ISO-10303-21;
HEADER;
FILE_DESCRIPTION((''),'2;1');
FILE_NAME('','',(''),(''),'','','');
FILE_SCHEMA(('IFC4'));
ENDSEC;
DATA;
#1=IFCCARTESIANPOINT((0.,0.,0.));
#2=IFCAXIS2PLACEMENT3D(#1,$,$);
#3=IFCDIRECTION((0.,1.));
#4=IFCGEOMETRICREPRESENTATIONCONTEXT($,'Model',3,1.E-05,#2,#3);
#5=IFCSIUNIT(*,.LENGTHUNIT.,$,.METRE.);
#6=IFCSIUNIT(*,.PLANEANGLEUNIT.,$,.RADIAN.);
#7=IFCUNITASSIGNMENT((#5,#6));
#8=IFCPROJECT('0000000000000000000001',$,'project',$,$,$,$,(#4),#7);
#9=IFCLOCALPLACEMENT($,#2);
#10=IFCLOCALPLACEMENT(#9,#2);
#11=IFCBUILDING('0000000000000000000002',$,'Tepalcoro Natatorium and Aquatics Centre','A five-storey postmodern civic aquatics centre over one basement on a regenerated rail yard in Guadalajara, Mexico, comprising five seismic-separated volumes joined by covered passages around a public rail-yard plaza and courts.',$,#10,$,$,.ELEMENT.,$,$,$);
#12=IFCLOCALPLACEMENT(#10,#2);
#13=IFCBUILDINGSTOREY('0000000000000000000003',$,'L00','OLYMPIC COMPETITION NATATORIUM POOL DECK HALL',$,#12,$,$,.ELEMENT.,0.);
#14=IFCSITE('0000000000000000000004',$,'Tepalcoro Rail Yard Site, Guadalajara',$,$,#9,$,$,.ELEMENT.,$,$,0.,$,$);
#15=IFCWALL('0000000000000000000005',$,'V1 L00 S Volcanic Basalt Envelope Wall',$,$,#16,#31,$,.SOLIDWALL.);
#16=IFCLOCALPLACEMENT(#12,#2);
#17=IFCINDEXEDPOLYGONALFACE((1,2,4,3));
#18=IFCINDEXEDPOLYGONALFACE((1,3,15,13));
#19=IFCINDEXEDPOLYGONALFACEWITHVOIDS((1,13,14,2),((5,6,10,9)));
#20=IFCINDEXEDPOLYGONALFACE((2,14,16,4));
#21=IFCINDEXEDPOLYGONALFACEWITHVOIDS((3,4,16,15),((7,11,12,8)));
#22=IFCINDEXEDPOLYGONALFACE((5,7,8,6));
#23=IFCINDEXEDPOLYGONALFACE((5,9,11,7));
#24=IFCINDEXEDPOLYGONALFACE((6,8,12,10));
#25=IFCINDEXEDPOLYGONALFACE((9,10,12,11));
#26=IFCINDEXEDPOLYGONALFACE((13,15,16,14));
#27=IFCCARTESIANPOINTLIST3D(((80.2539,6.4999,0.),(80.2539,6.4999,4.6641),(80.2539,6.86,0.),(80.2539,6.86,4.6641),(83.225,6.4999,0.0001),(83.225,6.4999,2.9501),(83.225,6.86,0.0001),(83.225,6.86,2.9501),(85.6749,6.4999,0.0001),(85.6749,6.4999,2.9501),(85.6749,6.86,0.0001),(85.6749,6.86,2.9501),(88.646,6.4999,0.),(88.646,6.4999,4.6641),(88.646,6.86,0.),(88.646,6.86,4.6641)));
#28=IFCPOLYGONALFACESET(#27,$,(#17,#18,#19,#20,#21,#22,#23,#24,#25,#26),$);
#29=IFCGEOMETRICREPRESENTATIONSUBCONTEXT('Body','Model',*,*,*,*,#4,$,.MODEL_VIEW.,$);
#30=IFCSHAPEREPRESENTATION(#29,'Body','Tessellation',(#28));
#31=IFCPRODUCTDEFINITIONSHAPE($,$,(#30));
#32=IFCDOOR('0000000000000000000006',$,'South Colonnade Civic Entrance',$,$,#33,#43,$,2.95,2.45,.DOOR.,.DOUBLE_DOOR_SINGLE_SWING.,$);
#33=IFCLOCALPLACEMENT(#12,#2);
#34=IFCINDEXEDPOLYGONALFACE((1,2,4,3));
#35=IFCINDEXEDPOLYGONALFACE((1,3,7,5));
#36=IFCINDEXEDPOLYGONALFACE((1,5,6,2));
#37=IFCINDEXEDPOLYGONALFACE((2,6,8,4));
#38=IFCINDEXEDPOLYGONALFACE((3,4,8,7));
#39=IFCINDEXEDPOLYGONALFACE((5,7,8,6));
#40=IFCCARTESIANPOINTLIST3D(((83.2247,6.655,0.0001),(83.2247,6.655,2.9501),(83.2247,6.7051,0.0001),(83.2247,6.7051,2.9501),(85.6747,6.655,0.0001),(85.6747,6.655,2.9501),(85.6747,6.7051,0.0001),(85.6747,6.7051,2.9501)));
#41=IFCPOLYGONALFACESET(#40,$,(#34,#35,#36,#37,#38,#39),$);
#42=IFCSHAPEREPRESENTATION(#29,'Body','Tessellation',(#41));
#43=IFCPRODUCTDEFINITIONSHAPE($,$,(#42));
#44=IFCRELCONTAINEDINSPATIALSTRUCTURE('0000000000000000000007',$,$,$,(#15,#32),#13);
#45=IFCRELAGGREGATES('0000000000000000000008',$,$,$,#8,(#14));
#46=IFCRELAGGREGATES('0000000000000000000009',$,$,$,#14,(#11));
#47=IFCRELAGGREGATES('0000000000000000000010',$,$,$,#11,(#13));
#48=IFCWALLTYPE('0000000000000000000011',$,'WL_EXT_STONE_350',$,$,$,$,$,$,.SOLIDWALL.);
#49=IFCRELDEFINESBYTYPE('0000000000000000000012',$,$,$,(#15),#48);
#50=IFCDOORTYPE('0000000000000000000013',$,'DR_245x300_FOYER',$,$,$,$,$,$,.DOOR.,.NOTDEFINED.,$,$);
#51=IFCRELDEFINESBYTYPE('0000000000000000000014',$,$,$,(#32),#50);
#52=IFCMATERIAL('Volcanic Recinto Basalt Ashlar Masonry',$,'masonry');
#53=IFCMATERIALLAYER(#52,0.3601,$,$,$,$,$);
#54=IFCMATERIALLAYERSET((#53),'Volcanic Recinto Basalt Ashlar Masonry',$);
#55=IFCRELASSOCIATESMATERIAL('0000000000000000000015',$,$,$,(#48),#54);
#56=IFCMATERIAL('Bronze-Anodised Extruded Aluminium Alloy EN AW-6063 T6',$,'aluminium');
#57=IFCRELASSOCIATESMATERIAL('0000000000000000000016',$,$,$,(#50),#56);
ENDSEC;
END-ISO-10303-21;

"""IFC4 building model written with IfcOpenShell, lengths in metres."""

from ifc_helpers import new_model, si_unit, direction, frame, frame_2d, origin, place, context, subcontext, project, spatial, rectangle, extrude, material, layer, layer_set, type_object, element, fill, save


model = new_model("IFC4")

# Units and contexts
model_context = context("Model", 3, precision=1e-05, world=origin(), true_north=direction((0.0, 1.0)))
body_context = subcontext(model_context, "Body", "Model", "MODEL_VIEW")
ifc_project = project(units=[si_unit("LENGTHUNIT", "METRE"), si_unit("PLANEANGLEUNIT", "RADIAN")], contexts=[model_context])

# Site, building, storey
site_placement = place(None, origin())
site = spatial("IfcSite", under=ifc_project, at=site_placement, Name="Tepalcoro Rail Yard Site, Guadalajara", CompositionType="ELEMENT", RefElevation=0.0)
building_placement = place(site_placement, origin())
building = spatial("IfcBuilding", under=site, at=building_placement, Name="Tepalcoro Natatorium and Aquatics Centre", Description="A five-storey postmodern civic aquatics centre over one basement on a regenerated rail yard in Guadalajara, Mexico, comprising five seismic-separated volumes joined by covered passages around a public rail-yard plaza and courts.", CompositionType="ELEMENT")
storey_placement = place(building_placement, origin())
storey = spatial("IfcBuildingStorey", under=building, at=storey_placement, Name="L00", Description="OLYMPIC COMPETITION NATATORIUM POOL DECK HALL", CompositionType="ELEMENT", Elevation=0.0)

# Shared definitions
ifc_material_1 = material(Name="Bronze-Anodised Extruded Aluminium Alloy EN AW-6063 T6", Category="aluminium")

# Wall, opening, door
ifc_material_2 = material(Name="Volcanic Recinto Basalt Ashlar Masonry", Category="masonry")
ifc_layer = layer(ifc_material_2, 0.3601)
ifc_layer_set = layer_set([ifc_layer], Name="Volcanic Recinto Basalt Ashlar Masonry")
wall_type = type_object("IfcWallType", Name="WL_EXT_STONE_350", PredefinedType="SOLIDWALL", material=ifc_layer_set)
wall_placement = place(storey_placement, frame((80.2539, 6.6799, 0.0), z_axis=(0.0, 0.0, 1.0), x_axis=(1.0, 0.0, 0.0)))
wall = element("IfcWall", 1, at=wall_placement, inside=storey, type_object=wall_type, Name="V1 L00 S Volcanic Basalt Envelope Wall", PredefinedType="SOLIDWALL", context=body_context, shape_type="SweptSolid", body=[
    extrude(rectangle(XDim=8.3921, YDim=0.3601, at=frame_2d((4.196, 0.0))), origin(), (0.0, 0.0, 1.0), 4.6641),
])
opening_placement = place(wall_placement, frame((2.9709, 0.0, 0.0)))
opening = element("IfcOpeningElement", 2, at=opening_placement, cuts=wall, PredefinedType="OPENING", context=body_context, shape_type="SweptSolid", body=[
    extrude(rectangle(XDim=2.45, YDim=2.95, at=frame_2d((1.2251, 1.4751))), frame((0.0, 0.1919, 0.0), z_axis=(0.0, -1.0, 0.0), x_axis=(1.0, 0.0, 0.0)), (0.0, 0.0, 1.0), 0.384),
])
door_type = type_object("IfcDoorType", Name="DR_245x300_FOYER", OperationType="NOTDEFINED", PredefinedType="DOOR", material=ifc_material_1)
door_placement = place(opening_placement, frame((2.45, 0.0, 0.0), z_axis=(0.0, 0.0, 1.0), x_axis=(-1.0, 0.0, 0.0)))
door = element("IfcDoor", 3, at=door_placement, inside=storey, type_object=door_type, Name="South Colonnade Civic Entrance", OperationType="DOUBLE_DOOR_SINGLE_SWING", OverallHeight=2.95, OverallWidth=2.45, PredefinedType="DOOR", context=body_context, shape_type="SweptSolid", body=[
    extrude(rectangle(XDim=2.45, YDim=2.95, at=frame_2d((1.2251, 1.4751))), frame((0.0, 0.0249, 0.0), z_axis=(0.0, -1.0, 0.0), x_axis=(1.0, 0.0, 0.0)), (0.0, 0.0, 1.0), 0.05),
])
fill(opening, door)

save(model, "model.ifc")
